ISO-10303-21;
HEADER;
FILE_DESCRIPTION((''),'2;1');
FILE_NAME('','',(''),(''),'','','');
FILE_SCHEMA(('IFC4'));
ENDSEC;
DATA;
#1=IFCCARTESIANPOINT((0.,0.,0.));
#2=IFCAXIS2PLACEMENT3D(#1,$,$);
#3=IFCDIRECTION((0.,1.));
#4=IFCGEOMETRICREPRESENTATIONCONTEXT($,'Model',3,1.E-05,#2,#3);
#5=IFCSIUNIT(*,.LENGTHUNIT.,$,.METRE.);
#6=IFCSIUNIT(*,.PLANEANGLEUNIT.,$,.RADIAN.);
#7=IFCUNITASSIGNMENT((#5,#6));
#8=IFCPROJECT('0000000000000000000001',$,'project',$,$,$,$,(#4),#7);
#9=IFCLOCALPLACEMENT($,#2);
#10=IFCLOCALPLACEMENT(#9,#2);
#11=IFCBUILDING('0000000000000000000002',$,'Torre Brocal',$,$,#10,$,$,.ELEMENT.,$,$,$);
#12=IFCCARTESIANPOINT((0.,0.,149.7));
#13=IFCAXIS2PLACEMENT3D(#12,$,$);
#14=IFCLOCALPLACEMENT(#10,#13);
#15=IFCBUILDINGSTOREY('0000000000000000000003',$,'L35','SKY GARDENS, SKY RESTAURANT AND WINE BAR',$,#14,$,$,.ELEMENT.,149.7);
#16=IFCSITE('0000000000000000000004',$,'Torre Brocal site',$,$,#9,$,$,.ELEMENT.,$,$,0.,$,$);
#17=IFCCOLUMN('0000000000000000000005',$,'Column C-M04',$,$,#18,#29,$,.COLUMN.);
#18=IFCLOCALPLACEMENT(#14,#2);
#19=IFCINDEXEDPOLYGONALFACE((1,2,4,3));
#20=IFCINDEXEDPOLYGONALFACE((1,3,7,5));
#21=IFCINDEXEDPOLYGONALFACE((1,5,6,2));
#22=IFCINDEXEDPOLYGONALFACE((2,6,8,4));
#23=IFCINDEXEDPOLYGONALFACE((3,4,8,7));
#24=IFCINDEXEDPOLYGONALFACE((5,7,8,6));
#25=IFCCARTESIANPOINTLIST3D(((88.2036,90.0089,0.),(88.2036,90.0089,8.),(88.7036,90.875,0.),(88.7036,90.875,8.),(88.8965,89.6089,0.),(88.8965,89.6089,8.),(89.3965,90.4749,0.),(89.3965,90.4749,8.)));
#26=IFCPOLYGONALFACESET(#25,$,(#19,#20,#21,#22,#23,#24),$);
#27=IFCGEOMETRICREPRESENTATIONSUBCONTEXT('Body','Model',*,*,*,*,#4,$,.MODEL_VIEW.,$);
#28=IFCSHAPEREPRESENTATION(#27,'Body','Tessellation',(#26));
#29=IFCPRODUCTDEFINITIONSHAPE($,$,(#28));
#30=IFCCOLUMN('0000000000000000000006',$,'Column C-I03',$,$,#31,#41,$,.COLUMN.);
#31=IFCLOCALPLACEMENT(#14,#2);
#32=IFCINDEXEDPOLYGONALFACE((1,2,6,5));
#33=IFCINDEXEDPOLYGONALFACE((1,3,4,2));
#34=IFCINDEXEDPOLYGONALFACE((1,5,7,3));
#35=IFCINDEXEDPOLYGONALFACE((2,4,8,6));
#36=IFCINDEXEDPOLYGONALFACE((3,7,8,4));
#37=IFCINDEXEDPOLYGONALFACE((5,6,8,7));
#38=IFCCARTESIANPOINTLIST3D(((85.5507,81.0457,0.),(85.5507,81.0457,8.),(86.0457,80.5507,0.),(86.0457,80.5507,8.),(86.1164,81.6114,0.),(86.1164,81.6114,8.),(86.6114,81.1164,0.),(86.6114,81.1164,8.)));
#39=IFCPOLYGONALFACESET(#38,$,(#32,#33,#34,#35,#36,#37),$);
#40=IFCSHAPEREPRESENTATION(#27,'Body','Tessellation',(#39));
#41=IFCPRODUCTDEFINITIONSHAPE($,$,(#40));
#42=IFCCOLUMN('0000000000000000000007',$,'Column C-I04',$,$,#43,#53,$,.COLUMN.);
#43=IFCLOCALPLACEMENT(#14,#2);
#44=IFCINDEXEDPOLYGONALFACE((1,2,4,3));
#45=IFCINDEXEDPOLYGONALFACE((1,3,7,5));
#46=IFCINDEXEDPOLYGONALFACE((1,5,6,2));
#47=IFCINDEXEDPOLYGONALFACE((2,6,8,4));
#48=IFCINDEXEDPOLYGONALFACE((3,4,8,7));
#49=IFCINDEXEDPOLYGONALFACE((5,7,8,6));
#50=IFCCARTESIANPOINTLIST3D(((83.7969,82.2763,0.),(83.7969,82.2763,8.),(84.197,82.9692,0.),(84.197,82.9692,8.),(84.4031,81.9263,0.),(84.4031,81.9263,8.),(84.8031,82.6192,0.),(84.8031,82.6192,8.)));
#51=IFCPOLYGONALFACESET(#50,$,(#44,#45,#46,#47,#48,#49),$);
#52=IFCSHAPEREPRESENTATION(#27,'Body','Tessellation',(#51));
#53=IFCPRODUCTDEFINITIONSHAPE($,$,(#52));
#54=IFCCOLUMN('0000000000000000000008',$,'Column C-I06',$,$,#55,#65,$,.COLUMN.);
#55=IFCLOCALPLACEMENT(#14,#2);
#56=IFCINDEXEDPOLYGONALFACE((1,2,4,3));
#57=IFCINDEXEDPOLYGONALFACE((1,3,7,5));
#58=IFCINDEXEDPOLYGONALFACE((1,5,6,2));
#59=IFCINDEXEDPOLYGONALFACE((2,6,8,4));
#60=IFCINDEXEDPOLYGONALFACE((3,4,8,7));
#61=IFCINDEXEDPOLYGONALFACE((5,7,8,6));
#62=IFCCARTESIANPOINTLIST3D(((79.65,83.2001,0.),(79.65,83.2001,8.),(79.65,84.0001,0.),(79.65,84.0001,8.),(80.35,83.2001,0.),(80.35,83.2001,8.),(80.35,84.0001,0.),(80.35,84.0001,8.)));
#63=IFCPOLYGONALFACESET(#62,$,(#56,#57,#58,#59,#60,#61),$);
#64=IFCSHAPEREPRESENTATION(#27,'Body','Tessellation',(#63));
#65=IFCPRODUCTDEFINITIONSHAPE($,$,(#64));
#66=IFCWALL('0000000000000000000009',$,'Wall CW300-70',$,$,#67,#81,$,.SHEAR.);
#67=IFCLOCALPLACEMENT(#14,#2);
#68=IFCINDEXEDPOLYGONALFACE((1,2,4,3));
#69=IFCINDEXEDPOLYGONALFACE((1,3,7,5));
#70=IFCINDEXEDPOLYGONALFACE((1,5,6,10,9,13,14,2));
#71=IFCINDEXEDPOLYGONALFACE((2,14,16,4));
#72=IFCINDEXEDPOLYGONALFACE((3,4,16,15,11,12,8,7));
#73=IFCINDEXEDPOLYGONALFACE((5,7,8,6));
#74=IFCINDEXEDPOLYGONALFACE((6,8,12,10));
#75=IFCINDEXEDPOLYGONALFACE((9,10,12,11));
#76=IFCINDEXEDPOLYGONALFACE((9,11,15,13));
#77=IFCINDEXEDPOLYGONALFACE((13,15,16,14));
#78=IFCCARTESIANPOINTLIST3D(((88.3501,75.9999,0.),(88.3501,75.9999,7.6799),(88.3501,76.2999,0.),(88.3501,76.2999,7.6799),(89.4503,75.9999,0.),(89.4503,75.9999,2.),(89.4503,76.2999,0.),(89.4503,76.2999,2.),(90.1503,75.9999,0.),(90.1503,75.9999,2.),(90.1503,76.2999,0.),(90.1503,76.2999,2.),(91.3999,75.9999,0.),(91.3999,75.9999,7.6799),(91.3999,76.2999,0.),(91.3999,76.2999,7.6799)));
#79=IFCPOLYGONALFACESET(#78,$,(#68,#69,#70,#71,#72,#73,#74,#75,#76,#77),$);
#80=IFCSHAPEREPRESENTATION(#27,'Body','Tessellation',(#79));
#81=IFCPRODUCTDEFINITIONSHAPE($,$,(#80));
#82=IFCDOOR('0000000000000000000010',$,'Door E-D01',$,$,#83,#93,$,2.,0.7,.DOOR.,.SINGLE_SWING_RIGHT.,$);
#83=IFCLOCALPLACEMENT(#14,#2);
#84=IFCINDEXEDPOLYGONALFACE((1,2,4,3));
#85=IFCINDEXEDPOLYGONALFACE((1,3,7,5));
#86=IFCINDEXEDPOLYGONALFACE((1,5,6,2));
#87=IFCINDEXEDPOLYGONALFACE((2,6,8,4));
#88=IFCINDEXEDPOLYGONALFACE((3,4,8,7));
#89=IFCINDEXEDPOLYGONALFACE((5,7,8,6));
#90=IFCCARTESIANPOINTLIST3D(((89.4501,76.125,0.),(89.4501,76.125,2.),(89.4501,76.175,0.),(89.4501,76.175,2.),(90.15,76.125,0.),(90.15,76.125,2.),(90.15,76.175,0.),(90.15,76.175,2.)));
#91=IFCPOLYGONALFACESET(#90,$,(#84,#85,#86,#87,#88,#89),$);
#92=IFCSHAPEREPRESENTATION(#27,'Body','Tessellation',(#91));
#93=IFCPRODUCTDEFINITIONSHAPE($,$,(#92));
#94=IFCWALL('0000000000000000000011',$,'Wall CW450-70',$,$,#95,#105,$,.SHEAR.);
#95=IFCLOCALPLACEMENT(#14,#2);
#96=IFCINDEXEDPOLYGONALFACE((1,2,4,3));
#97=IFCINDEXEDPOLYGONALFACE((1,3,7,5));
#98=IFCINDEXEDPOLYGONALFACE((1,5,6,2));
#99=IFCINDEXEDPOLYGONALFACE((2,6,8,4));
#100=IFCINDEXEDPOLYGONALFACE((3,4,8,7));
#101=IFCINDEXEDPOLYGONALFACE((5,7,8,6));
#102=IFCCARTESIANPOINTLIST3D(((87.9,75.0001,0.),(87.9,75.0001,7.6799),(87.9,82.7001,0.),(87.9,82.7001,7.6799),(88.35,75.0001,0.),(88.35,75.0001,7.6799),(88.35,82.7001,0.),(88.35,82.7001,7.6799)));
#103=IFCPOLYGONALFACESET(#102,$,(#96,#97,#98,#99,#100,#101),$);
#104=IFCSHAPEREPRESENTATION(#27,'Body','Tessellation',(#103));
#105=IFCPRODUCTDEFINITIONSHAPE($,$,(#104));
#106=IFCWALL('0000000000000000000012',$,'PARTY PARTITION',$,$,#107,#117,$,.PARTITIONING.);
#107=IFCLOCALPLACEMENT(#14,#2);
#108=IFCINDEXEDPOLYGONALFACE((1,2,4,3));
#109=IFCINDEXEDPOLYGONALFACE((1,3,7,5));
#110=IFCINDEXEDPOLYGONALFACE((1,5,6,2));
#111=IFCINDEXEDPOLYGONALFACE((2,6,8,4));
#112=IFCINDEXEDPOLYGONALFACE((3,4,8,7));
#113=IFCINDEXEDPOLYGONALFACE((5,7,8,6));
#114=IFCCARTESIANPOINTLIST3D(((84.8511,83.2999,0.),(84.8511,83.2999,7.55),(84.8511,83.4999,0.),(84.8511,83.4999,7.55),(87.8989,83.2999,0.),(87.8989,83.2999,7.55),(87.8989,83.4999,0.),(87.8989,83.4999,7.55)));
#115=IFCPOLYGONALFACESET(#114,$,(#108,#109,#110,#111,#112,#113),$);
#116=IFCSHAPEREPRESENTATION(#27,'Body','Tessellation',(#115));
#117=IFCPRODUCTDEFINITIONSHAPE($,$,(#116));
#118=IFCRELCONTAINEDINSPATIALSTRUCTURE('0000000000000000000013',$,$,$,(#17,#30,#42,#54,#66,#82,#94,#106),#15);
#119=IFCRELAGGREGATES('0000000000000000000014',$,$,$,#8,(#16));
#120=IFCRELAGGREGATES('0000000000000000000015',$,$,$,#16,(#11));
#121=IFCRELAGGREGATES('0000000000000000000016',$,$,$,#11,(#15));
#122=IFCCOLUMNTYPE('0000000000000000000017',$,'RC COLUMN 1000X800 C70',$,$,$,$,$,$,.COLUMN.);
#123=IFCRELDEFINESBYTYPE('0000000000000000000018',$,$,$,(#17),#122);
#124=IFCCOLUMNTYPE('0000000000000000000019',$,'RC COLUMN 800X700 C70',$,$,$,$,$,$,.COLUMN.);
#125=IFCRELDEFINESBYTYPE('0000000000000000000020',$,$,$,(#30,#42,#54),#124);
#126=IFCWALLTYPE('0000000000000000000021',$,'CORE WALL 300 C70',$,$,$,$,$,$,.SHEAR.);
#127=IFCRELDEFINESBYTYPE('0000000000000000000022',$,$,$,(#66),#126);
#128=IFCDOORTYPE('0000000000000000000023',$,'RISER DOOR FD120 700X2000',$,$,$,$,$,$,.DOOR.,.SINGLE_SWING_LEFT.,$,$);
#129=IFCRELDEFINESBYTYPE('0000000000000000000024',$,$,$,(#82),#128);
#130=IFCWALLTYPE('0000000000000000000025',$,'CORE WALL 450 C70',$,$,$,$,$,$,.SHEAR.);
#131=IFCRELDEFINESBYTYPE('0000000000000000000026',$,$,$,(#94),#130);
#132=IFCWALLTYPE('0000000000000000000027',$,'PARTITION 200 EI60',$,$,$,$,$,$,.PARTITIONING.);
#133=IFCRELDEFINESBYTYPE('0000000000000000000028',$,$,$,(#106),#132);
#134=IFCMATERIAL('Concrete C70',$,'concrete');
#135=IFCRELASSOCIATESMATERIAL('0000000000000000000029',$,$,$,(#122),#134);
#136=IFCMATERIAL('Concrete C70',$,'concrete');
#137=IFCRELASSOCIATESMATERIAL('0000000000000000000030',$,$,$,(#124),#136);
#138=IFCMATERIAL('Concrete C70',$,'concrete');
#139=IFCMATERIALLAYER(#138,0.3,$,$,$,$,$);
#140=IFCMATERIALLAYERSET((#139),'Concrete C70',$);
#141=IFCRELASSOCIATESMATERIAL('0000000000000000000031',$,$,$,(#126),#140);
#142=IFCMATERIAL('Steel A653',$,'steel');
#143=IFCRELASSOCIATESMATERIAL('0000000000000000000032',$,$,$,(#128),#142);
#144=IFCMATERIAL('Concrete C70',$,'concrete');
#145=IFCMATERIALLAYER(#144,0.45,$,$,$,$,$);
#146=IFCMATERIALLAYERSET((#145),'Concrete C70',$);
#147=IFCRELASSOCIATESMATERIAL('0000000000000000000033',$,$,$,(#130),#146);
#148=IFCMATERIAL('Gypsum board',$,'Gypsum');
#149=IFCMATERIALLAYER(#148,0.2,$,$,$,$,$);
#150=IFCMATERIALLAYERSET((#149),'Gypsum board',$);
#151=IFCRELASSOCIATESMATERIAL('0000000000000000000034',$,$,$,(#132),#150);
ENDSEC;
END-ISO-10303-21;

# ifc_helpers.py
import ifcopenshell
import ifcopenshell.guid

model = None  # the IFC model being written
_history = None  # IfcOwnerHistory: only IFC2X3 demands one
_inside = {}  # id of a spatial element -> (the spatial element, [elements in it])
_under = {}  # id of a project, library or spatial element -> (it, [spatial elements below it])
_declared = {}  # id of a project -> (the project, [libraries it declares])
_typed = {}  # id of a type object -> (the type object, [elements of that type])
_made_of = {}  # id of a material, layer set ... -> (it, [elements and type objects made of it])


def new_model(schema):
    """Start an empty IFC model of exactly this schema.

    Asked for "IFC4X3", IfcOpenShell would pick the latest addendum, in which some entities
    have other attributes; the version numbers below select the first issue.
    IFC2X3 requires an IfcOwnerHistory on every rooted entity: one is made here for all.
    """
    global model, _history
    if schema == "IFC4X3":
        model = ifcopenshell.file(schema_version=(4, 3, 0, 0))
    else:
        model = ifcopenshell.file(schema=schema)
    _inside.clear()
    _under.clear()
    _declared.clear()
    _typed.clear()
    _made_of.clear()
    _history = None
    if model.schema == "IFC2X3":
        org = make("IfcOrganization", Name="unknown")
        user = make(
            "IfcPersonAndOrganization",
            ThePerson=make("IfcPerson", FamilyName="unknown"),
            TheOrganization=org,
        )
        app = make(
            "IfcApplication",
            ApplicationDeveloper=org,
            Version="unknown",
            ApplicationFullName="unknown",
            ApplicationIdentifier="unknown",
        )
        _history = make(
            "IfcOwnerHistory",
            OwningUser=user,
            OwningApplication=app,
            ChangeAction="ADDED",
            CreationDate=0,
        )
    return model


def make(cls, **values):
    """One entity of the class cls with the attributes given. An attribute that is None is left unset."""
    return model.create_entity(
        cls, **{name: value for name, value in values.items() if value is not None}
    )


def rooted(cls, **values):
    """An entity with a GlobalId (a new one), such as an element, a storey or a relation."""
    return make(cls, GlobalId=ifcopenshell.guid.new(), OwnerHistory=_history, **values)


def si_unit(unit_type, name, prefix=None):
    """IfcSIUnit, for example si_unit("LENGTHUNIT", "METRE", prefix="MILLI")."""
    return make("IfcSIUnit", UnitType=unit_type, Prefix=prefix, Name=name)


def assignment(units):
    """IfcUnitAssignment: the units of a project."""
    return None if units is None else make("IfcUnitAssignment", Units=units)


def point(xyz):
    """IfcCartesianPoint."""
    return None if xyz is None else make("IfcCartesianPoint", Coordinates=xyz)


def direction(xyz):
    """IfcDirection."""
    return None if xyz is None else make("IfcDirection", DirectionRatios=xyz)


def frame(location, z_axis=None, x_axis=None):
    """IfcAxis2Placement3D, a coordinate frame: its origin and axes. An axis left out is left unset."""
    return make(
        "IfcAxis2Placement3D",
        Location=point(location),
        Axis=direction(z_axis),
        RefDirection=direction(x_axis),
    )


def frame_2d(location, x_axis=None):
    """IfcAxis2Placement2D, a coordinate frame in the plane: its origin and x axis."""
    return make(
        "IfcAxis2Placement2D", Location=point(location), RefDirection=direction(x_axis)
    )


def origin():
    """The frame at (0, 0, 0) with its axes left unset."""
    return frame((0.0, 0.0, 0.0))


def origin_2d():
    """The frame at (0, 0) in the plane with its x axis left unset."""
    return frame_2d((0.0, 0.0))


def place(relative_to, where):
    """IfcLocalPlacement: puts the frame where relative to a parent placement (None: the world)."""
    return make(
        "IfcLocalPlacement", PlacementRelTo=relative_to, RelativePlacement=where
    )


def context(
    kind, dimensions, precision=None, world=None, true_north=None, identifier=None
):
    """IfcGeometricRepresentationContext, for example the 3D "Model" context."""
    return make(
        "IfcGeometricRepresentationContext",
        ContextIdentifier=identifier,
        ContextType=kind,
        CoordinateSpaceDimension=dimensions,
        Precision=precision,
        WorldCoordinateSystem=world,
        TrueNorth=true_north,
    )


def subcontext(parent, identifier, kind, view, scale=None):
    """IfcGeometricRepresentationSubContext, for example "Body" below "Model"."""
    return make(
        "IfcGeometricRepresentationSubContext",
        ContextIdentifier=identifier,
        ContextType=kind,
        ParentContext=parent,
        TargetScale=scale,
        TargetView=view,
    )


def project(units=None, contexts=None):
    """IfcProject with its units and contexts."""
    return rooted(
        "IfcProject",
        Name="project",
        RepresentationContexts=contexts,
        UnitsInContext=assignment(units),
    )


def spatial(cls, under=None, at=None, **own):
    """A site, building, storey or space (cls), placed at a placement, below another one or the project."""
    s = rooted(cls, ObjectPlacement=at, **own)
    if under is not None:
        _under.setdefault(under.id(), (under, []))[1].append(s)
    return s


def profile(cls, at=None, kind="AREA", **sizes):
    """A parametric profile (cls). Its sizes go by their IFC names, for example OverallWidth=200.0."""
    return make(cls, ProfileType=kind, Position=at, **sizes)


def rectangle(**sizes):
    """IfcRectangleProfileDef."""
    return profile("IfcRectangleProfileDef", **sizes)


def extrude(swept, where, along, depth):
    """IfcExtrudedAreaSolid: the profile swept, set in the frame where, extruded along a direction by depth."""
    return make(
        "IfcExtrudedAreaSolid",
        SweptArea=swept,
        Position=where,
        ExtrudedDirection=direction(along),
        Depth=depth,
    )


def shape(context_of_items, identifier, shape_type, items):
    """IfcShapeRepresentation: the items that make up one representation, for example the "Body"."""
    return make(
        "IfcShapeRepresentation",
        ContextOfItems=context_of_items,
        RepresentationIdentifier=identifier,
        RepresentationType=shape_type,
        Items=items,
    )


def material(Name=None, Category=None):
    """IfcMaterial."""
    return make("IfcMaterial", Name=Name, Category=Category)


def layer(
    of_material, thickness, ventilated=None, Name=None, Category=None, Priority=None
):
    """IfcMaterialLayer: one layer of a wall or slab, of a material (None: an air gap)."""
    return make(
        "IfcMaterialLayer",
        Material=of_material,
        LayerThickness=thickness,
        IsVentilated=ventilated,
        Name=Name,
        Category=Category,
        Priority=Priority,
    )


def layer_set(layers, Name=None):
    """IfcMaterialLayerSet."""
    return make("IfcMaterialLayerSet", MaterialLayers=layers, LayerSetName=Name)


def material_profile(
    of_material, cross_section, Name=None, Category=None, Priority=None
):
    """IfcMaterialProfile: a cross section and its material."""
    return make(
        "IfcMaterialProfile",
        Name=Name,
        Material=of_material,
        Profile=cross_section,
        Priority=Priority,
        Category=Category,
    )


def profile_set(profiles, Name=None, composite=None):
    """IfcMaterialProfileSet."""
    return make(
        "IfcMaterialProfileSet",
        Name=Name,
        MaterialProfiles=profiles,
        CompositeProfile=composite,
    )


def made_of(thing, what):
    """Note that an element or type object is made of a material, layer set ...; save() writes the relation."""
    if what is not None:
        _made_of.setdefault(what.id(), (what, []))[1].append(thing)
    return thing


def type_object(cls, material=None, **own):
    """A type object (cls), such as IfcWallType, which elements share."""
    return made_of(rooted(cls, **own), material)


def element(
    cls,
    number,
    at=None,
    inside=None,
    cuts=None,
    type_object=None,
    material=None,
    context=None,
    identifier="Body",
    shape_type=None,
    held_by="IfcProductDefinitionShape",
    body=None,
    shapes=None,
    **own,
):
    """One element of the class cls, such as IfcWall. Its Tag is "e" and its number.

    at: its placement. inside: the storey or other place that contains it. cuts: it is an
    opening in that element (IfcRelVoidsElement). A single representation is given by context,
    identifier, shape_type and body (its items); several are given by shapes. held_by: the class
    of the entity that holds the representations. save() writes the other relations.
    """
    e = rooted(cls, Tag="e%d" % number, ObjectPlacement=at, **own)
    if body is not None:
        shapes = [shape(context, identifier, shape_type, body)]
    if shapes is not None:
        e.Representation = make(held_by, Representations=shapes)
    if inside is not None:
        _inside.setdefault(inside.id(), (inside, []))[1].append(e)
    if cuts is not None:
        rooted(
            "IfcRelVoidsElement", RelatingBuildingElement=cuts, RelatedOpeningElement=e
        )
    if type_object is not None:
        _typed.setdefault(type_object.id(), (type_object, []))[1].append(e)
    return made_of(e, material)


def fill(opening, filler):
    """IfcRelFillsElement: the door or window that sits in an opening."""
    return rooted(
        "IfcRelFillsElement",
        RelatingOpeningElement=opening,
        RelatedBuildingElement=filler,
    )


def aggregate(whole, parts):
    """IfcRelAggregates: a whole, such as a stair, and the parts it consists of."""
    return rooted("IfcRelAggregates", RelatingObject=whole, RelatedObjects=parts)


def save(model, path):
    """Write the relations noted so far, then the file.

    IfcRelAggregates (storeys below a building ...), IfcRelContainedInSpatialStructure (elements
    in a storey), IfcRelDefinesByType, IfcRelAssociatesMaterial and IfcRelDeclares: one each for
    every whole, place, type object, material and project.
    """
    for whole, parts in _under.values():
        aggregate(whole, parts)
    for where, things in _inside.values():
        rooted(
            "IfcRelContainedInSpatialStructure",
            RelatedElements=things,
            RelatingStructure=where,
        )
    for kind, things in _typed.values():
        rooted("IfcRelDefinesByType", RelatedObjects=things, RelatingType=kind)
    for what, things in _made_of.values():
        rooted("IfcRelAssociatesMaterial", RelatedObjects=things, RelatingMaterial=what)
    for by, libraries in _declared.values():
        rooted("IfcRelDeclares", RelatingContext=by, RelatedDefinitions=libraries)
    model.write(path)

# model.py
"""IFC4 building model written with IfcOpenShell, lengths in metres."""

from ifc_helpers import new_model, si_unit, direction, frame, frame_2d, origin, origin_2d, place, context, subcontext, project, spatial, rectangle, extrude, material, layer, layer_set, material_profile, profile_set, type_object, element, fill, save


model = new_model("IFC4")

# Units and contexts
model_context = context("Model", 3, precision=1e-05, world=origin(), true_north=direction((0.0, 1.0)))
body_context = subcontext(model_context, "Body", "Model", "MODEL_VIEW")
ifc_project = project(units=[si_unit("LENGTHUNIT", "METRE"), si_unit("PLANEANGLEUNIT", "RADIAN")], contexts=[model_context])

# Site, building, storey
site_placement = place(None, origin())
site = spatial("IfcSite", under=ifc_project, at=site_placement, Name="Torre Brocal site", CompositionType="ELEMENT", RefElevation=0.0)
building_placement = place(site_placement, origin())
building = spatial("IfcBuilding", under=site, at=building_placement, Name="Torre Brocal", CompositionType="ELEMENT")
storey_placement = place(building_placement, frame((0.0, 0.0, 149.7)))
storey = spatial("IfcBuildingStorey", under=building, at=storey_placement, Name="L35", Description="SKY GARDENS, SKY RESTAURANT AND WINE BAR", CompositionType="ELEMENT", Elevation=149.7)

# Columns
ifc_material_1 = material(Name="Concrete C70", Category="concrete")
ifc_material_profile_1 = material_profile(ifc_material_1, rectangle(XDim=1.0, YDim=0.8, at=origin_2d()), Name="RC 1000X800")
ifc_profile_set_1 = profile_set([ifc_material_profile_1], Name="Concrete C70")
column_type_1 = type_object("IfcColumnType", Name="RC COLUMN 1000X800 C70", PredefinedType="COLUMN", material=ifc_profile_set_1)
column_placement = place(storey_placement, frame((88.8, 90.2419, 0.0), z_axis=(0.0, 0.0, 1.0), x_axis=(0.5, 0.866025, 0.0)))
element("IfcColumn", 1, at=column_placement, inside=storey, type_object=column_type_1, Name="Column C-M04", PredefinedType="COLUMN", context=body_context, shape_type="SweptSolid", body=[
    extrude(rectangle(XDim=1.0, YDim=0.8, at=origin_2d()), origin(), (0.0, 0.0, 1.0), 8.0),
])
ifc_material_2 = material(Name="Concrete C70", Category="concrete")
ifc_material_profile_2 = material_profile(ifc_material_2, rectangle(XDim=0.8, YDim=0.7, at=origin_2d()), Name="RC 800X700")
ifc_profile_set_2 = profile_set([ifc_material_profile_2], Name="Concrete C70")
column_type_2 = type_object("IfcColumnType", Name="RC COLUMN 800X700 C70", PredefinedType="COLUMN", material=ifc_profile_set_2)
for number, where, z_axis, x_axis, name in (
    (2, (86.0811, 81.0811, 0.0), (0.0, 0.0, 1.0), (0.707107, 0.707107, 0.0), "Column C-I03"),
    (3, (84.3, 82.4478, 0.0), (0.0, 0.0, 1.0), (0.5, 0.866025, 0.0), "Column C-I04"),
    (4, (80.0, 83.6001, 0.0), (0.0, 0.0, 1.0), (0.0, 1.0, 0.0), "Column C-I06"),
):
    element("IfcColumn", number, at=place(storey_placement, frame(where, z_axis=z_axis, x_axis=x_axis)), inside=storey, type_object=column_type_2, Name=name, PredefinedType="COLUMN", context=body_context, shape_type="SweptSolid", body=[
        extrude(rectangle(XDim=0.8, YDim=0.7, at=origin_2d()), origin(), (0.0, 0.0, 1.0), 8.0),
    ])

# Wall, opening, door
ifc_material_3 = material(Name="Concrete C70", Category="concrete")
ifc_layer_1 = layer(ifc_material_3, 0.3)
ifc_layer_set_1 = layer_set([ifc_layer_1], Name="Concrete C70")
wall_type_1 = type_object("IfcWallType", Name="CORE WALL 300 C70", PredefinedType="SHEAR", material=ifc_layer_set_1)
wall_1_placement = place(storey_placement, frame((88.3501, 76.1499, 0.0), z_axis=(0.0, 0.0, 1.0), x_axis=(1.0, 0.0, 0.0)))
wall_1 = element("IfcWall", 5, at=wall_1_placement, inside=storey, type_object=wall_type_1, Name="Wall CW300-70", PredefinedType="SHEAR", context=body_context, shape_type="SweptSolid", body=[
    extrude(rectangle(XDim=3.0498, YDim=0.3, at=frame_2d((1.5249, 0.0))), origin(), (0.0, 0.0, 1.0), 7.6799),
])
opening_1_placement = place(wall_1_placement, frame((1.1001, 0.0, 0.0)))
opening_1 = element("IfcOpeningElement", 6, at=opening_1_placement, cuts=wall_1, PredefinedType="OPENING", context=body_context, shape_type="SweptSolid", body=[
    extrude(rectangle(XDim=0.7, YDim=2.0, at=frame_2d((0.3501, 1.0))), frame((0.0, 0.1599, 0.0), z_axis=(0.0, -1.0, 0.0), x_axis=(1.0, 0.0, 0.0)), (0.0, 0.0, 1.0), 0.3201),
])
ifc_material_4 = material(Name="Steel A653", Category="steel")
door_type_1 = type_object("IfcDoorType", Name="RISER DOOR FD120 700X2000", OperationType="SINGLE_SWING_LEFT", PredefinedType="DOOR", material=ifc_material_4)
door_1_placement = place(opening_1_placement, frame((0.7, 0.0, 0.0), z_axis=(0.0, 0.0, 1.0), x_axis=(-1.0, 0.0, 0.0)))
door_1 = element("IfcDoor", 7, at=door_1_placement, inside=storey, type_object=door_type_1, Name="Door E-D01", OperationType="SINGLE_SWING_RIGHT", OverallHeight=2.0, OverallWidth=0.7, PredefinedType="DOOR", context=body_context, shape_type="SweptSolid", body=[
    extrude(rectangle(XDim=0.7, YDim=2.0, at=frame_2d((0.3501, 1.0))), frame((0.0, 0.0249, 0.0), z_axis=(0.0, -1.0, 0.0), x_axis=(1.0, 0.0, 0.0)), (0.0, 0.0, 1.0), 0.05),
])
fill(opening_1, door_1)

# Wall
ifc_material_5 = material(Name="Concrete C70", Category="concrete")
ifc_layer_2 = layer(ifc_material_5, 0.45)
ifc_layer_set_2 = layer_set([ifc_layer_2], Name="Concrete C70")
wall_type_2 = type_object("IfcWallType", Name="CORE WALL 450 C70", PredefinedType="SHEAR", material=ifc_layer_set_2)
wall_2_placement = place(storey_placement, frame((88.125, 75.0, 0.0), z_axis=(0.0, 0.0, 1.0), x_axis=(0.0, 1.0, 0.0)))
element("IfcWall", 8, at=wall_2_placement, inside=storey, type_object=wall_type_2, Name="Wall CW450-70", PredefinedType="SHEAR", context=body_context, shape_type="SweptSolid", body=[
    extrude(rectangle(XDim=7.7, YDim=0.45, at=frame_2d((3.8501, 0.0))), origin(), (0.0, 0.0, 1.0), 7.6799),
])

# Wall
ifc_material_6 = material(Name="Gypsum board", Category="Gypsum")
ifc_layer_3 = layer(ifc_material_6, 0.2)
ifc_layer_set_3 = layer_set([ifc_layer_3], Name="Gypsum board")
wall_type_3 = type_object("IfcWallType", Name="PARTITION 200 EI60", PredefinedType="PARTITIONING", material=ifc_layer_set_3)
wall_3_placement = place(storey_placement, frame((84.8511, 83.3999, 0.0), z_axis=(0.0, 0.0, 1.0), x_axis=(1.0, 0.0, 0.0)))
element("IfcWall", 9, at=wall_3_placement, inside=storey, type_object=wall_type_3, Name="PARTY PARTITION", PredefinedType="PARTITIONING", context=body_context, shape_type="SweptSolid", body=[
    extrude(rectangle(XDim=3.0479, YDim=0.2, at=frame_2d((1.5239, 0.0))), origin(), (0.0, 0.0, 1.0), 7.55),
])

save(model, "model.ifc")
